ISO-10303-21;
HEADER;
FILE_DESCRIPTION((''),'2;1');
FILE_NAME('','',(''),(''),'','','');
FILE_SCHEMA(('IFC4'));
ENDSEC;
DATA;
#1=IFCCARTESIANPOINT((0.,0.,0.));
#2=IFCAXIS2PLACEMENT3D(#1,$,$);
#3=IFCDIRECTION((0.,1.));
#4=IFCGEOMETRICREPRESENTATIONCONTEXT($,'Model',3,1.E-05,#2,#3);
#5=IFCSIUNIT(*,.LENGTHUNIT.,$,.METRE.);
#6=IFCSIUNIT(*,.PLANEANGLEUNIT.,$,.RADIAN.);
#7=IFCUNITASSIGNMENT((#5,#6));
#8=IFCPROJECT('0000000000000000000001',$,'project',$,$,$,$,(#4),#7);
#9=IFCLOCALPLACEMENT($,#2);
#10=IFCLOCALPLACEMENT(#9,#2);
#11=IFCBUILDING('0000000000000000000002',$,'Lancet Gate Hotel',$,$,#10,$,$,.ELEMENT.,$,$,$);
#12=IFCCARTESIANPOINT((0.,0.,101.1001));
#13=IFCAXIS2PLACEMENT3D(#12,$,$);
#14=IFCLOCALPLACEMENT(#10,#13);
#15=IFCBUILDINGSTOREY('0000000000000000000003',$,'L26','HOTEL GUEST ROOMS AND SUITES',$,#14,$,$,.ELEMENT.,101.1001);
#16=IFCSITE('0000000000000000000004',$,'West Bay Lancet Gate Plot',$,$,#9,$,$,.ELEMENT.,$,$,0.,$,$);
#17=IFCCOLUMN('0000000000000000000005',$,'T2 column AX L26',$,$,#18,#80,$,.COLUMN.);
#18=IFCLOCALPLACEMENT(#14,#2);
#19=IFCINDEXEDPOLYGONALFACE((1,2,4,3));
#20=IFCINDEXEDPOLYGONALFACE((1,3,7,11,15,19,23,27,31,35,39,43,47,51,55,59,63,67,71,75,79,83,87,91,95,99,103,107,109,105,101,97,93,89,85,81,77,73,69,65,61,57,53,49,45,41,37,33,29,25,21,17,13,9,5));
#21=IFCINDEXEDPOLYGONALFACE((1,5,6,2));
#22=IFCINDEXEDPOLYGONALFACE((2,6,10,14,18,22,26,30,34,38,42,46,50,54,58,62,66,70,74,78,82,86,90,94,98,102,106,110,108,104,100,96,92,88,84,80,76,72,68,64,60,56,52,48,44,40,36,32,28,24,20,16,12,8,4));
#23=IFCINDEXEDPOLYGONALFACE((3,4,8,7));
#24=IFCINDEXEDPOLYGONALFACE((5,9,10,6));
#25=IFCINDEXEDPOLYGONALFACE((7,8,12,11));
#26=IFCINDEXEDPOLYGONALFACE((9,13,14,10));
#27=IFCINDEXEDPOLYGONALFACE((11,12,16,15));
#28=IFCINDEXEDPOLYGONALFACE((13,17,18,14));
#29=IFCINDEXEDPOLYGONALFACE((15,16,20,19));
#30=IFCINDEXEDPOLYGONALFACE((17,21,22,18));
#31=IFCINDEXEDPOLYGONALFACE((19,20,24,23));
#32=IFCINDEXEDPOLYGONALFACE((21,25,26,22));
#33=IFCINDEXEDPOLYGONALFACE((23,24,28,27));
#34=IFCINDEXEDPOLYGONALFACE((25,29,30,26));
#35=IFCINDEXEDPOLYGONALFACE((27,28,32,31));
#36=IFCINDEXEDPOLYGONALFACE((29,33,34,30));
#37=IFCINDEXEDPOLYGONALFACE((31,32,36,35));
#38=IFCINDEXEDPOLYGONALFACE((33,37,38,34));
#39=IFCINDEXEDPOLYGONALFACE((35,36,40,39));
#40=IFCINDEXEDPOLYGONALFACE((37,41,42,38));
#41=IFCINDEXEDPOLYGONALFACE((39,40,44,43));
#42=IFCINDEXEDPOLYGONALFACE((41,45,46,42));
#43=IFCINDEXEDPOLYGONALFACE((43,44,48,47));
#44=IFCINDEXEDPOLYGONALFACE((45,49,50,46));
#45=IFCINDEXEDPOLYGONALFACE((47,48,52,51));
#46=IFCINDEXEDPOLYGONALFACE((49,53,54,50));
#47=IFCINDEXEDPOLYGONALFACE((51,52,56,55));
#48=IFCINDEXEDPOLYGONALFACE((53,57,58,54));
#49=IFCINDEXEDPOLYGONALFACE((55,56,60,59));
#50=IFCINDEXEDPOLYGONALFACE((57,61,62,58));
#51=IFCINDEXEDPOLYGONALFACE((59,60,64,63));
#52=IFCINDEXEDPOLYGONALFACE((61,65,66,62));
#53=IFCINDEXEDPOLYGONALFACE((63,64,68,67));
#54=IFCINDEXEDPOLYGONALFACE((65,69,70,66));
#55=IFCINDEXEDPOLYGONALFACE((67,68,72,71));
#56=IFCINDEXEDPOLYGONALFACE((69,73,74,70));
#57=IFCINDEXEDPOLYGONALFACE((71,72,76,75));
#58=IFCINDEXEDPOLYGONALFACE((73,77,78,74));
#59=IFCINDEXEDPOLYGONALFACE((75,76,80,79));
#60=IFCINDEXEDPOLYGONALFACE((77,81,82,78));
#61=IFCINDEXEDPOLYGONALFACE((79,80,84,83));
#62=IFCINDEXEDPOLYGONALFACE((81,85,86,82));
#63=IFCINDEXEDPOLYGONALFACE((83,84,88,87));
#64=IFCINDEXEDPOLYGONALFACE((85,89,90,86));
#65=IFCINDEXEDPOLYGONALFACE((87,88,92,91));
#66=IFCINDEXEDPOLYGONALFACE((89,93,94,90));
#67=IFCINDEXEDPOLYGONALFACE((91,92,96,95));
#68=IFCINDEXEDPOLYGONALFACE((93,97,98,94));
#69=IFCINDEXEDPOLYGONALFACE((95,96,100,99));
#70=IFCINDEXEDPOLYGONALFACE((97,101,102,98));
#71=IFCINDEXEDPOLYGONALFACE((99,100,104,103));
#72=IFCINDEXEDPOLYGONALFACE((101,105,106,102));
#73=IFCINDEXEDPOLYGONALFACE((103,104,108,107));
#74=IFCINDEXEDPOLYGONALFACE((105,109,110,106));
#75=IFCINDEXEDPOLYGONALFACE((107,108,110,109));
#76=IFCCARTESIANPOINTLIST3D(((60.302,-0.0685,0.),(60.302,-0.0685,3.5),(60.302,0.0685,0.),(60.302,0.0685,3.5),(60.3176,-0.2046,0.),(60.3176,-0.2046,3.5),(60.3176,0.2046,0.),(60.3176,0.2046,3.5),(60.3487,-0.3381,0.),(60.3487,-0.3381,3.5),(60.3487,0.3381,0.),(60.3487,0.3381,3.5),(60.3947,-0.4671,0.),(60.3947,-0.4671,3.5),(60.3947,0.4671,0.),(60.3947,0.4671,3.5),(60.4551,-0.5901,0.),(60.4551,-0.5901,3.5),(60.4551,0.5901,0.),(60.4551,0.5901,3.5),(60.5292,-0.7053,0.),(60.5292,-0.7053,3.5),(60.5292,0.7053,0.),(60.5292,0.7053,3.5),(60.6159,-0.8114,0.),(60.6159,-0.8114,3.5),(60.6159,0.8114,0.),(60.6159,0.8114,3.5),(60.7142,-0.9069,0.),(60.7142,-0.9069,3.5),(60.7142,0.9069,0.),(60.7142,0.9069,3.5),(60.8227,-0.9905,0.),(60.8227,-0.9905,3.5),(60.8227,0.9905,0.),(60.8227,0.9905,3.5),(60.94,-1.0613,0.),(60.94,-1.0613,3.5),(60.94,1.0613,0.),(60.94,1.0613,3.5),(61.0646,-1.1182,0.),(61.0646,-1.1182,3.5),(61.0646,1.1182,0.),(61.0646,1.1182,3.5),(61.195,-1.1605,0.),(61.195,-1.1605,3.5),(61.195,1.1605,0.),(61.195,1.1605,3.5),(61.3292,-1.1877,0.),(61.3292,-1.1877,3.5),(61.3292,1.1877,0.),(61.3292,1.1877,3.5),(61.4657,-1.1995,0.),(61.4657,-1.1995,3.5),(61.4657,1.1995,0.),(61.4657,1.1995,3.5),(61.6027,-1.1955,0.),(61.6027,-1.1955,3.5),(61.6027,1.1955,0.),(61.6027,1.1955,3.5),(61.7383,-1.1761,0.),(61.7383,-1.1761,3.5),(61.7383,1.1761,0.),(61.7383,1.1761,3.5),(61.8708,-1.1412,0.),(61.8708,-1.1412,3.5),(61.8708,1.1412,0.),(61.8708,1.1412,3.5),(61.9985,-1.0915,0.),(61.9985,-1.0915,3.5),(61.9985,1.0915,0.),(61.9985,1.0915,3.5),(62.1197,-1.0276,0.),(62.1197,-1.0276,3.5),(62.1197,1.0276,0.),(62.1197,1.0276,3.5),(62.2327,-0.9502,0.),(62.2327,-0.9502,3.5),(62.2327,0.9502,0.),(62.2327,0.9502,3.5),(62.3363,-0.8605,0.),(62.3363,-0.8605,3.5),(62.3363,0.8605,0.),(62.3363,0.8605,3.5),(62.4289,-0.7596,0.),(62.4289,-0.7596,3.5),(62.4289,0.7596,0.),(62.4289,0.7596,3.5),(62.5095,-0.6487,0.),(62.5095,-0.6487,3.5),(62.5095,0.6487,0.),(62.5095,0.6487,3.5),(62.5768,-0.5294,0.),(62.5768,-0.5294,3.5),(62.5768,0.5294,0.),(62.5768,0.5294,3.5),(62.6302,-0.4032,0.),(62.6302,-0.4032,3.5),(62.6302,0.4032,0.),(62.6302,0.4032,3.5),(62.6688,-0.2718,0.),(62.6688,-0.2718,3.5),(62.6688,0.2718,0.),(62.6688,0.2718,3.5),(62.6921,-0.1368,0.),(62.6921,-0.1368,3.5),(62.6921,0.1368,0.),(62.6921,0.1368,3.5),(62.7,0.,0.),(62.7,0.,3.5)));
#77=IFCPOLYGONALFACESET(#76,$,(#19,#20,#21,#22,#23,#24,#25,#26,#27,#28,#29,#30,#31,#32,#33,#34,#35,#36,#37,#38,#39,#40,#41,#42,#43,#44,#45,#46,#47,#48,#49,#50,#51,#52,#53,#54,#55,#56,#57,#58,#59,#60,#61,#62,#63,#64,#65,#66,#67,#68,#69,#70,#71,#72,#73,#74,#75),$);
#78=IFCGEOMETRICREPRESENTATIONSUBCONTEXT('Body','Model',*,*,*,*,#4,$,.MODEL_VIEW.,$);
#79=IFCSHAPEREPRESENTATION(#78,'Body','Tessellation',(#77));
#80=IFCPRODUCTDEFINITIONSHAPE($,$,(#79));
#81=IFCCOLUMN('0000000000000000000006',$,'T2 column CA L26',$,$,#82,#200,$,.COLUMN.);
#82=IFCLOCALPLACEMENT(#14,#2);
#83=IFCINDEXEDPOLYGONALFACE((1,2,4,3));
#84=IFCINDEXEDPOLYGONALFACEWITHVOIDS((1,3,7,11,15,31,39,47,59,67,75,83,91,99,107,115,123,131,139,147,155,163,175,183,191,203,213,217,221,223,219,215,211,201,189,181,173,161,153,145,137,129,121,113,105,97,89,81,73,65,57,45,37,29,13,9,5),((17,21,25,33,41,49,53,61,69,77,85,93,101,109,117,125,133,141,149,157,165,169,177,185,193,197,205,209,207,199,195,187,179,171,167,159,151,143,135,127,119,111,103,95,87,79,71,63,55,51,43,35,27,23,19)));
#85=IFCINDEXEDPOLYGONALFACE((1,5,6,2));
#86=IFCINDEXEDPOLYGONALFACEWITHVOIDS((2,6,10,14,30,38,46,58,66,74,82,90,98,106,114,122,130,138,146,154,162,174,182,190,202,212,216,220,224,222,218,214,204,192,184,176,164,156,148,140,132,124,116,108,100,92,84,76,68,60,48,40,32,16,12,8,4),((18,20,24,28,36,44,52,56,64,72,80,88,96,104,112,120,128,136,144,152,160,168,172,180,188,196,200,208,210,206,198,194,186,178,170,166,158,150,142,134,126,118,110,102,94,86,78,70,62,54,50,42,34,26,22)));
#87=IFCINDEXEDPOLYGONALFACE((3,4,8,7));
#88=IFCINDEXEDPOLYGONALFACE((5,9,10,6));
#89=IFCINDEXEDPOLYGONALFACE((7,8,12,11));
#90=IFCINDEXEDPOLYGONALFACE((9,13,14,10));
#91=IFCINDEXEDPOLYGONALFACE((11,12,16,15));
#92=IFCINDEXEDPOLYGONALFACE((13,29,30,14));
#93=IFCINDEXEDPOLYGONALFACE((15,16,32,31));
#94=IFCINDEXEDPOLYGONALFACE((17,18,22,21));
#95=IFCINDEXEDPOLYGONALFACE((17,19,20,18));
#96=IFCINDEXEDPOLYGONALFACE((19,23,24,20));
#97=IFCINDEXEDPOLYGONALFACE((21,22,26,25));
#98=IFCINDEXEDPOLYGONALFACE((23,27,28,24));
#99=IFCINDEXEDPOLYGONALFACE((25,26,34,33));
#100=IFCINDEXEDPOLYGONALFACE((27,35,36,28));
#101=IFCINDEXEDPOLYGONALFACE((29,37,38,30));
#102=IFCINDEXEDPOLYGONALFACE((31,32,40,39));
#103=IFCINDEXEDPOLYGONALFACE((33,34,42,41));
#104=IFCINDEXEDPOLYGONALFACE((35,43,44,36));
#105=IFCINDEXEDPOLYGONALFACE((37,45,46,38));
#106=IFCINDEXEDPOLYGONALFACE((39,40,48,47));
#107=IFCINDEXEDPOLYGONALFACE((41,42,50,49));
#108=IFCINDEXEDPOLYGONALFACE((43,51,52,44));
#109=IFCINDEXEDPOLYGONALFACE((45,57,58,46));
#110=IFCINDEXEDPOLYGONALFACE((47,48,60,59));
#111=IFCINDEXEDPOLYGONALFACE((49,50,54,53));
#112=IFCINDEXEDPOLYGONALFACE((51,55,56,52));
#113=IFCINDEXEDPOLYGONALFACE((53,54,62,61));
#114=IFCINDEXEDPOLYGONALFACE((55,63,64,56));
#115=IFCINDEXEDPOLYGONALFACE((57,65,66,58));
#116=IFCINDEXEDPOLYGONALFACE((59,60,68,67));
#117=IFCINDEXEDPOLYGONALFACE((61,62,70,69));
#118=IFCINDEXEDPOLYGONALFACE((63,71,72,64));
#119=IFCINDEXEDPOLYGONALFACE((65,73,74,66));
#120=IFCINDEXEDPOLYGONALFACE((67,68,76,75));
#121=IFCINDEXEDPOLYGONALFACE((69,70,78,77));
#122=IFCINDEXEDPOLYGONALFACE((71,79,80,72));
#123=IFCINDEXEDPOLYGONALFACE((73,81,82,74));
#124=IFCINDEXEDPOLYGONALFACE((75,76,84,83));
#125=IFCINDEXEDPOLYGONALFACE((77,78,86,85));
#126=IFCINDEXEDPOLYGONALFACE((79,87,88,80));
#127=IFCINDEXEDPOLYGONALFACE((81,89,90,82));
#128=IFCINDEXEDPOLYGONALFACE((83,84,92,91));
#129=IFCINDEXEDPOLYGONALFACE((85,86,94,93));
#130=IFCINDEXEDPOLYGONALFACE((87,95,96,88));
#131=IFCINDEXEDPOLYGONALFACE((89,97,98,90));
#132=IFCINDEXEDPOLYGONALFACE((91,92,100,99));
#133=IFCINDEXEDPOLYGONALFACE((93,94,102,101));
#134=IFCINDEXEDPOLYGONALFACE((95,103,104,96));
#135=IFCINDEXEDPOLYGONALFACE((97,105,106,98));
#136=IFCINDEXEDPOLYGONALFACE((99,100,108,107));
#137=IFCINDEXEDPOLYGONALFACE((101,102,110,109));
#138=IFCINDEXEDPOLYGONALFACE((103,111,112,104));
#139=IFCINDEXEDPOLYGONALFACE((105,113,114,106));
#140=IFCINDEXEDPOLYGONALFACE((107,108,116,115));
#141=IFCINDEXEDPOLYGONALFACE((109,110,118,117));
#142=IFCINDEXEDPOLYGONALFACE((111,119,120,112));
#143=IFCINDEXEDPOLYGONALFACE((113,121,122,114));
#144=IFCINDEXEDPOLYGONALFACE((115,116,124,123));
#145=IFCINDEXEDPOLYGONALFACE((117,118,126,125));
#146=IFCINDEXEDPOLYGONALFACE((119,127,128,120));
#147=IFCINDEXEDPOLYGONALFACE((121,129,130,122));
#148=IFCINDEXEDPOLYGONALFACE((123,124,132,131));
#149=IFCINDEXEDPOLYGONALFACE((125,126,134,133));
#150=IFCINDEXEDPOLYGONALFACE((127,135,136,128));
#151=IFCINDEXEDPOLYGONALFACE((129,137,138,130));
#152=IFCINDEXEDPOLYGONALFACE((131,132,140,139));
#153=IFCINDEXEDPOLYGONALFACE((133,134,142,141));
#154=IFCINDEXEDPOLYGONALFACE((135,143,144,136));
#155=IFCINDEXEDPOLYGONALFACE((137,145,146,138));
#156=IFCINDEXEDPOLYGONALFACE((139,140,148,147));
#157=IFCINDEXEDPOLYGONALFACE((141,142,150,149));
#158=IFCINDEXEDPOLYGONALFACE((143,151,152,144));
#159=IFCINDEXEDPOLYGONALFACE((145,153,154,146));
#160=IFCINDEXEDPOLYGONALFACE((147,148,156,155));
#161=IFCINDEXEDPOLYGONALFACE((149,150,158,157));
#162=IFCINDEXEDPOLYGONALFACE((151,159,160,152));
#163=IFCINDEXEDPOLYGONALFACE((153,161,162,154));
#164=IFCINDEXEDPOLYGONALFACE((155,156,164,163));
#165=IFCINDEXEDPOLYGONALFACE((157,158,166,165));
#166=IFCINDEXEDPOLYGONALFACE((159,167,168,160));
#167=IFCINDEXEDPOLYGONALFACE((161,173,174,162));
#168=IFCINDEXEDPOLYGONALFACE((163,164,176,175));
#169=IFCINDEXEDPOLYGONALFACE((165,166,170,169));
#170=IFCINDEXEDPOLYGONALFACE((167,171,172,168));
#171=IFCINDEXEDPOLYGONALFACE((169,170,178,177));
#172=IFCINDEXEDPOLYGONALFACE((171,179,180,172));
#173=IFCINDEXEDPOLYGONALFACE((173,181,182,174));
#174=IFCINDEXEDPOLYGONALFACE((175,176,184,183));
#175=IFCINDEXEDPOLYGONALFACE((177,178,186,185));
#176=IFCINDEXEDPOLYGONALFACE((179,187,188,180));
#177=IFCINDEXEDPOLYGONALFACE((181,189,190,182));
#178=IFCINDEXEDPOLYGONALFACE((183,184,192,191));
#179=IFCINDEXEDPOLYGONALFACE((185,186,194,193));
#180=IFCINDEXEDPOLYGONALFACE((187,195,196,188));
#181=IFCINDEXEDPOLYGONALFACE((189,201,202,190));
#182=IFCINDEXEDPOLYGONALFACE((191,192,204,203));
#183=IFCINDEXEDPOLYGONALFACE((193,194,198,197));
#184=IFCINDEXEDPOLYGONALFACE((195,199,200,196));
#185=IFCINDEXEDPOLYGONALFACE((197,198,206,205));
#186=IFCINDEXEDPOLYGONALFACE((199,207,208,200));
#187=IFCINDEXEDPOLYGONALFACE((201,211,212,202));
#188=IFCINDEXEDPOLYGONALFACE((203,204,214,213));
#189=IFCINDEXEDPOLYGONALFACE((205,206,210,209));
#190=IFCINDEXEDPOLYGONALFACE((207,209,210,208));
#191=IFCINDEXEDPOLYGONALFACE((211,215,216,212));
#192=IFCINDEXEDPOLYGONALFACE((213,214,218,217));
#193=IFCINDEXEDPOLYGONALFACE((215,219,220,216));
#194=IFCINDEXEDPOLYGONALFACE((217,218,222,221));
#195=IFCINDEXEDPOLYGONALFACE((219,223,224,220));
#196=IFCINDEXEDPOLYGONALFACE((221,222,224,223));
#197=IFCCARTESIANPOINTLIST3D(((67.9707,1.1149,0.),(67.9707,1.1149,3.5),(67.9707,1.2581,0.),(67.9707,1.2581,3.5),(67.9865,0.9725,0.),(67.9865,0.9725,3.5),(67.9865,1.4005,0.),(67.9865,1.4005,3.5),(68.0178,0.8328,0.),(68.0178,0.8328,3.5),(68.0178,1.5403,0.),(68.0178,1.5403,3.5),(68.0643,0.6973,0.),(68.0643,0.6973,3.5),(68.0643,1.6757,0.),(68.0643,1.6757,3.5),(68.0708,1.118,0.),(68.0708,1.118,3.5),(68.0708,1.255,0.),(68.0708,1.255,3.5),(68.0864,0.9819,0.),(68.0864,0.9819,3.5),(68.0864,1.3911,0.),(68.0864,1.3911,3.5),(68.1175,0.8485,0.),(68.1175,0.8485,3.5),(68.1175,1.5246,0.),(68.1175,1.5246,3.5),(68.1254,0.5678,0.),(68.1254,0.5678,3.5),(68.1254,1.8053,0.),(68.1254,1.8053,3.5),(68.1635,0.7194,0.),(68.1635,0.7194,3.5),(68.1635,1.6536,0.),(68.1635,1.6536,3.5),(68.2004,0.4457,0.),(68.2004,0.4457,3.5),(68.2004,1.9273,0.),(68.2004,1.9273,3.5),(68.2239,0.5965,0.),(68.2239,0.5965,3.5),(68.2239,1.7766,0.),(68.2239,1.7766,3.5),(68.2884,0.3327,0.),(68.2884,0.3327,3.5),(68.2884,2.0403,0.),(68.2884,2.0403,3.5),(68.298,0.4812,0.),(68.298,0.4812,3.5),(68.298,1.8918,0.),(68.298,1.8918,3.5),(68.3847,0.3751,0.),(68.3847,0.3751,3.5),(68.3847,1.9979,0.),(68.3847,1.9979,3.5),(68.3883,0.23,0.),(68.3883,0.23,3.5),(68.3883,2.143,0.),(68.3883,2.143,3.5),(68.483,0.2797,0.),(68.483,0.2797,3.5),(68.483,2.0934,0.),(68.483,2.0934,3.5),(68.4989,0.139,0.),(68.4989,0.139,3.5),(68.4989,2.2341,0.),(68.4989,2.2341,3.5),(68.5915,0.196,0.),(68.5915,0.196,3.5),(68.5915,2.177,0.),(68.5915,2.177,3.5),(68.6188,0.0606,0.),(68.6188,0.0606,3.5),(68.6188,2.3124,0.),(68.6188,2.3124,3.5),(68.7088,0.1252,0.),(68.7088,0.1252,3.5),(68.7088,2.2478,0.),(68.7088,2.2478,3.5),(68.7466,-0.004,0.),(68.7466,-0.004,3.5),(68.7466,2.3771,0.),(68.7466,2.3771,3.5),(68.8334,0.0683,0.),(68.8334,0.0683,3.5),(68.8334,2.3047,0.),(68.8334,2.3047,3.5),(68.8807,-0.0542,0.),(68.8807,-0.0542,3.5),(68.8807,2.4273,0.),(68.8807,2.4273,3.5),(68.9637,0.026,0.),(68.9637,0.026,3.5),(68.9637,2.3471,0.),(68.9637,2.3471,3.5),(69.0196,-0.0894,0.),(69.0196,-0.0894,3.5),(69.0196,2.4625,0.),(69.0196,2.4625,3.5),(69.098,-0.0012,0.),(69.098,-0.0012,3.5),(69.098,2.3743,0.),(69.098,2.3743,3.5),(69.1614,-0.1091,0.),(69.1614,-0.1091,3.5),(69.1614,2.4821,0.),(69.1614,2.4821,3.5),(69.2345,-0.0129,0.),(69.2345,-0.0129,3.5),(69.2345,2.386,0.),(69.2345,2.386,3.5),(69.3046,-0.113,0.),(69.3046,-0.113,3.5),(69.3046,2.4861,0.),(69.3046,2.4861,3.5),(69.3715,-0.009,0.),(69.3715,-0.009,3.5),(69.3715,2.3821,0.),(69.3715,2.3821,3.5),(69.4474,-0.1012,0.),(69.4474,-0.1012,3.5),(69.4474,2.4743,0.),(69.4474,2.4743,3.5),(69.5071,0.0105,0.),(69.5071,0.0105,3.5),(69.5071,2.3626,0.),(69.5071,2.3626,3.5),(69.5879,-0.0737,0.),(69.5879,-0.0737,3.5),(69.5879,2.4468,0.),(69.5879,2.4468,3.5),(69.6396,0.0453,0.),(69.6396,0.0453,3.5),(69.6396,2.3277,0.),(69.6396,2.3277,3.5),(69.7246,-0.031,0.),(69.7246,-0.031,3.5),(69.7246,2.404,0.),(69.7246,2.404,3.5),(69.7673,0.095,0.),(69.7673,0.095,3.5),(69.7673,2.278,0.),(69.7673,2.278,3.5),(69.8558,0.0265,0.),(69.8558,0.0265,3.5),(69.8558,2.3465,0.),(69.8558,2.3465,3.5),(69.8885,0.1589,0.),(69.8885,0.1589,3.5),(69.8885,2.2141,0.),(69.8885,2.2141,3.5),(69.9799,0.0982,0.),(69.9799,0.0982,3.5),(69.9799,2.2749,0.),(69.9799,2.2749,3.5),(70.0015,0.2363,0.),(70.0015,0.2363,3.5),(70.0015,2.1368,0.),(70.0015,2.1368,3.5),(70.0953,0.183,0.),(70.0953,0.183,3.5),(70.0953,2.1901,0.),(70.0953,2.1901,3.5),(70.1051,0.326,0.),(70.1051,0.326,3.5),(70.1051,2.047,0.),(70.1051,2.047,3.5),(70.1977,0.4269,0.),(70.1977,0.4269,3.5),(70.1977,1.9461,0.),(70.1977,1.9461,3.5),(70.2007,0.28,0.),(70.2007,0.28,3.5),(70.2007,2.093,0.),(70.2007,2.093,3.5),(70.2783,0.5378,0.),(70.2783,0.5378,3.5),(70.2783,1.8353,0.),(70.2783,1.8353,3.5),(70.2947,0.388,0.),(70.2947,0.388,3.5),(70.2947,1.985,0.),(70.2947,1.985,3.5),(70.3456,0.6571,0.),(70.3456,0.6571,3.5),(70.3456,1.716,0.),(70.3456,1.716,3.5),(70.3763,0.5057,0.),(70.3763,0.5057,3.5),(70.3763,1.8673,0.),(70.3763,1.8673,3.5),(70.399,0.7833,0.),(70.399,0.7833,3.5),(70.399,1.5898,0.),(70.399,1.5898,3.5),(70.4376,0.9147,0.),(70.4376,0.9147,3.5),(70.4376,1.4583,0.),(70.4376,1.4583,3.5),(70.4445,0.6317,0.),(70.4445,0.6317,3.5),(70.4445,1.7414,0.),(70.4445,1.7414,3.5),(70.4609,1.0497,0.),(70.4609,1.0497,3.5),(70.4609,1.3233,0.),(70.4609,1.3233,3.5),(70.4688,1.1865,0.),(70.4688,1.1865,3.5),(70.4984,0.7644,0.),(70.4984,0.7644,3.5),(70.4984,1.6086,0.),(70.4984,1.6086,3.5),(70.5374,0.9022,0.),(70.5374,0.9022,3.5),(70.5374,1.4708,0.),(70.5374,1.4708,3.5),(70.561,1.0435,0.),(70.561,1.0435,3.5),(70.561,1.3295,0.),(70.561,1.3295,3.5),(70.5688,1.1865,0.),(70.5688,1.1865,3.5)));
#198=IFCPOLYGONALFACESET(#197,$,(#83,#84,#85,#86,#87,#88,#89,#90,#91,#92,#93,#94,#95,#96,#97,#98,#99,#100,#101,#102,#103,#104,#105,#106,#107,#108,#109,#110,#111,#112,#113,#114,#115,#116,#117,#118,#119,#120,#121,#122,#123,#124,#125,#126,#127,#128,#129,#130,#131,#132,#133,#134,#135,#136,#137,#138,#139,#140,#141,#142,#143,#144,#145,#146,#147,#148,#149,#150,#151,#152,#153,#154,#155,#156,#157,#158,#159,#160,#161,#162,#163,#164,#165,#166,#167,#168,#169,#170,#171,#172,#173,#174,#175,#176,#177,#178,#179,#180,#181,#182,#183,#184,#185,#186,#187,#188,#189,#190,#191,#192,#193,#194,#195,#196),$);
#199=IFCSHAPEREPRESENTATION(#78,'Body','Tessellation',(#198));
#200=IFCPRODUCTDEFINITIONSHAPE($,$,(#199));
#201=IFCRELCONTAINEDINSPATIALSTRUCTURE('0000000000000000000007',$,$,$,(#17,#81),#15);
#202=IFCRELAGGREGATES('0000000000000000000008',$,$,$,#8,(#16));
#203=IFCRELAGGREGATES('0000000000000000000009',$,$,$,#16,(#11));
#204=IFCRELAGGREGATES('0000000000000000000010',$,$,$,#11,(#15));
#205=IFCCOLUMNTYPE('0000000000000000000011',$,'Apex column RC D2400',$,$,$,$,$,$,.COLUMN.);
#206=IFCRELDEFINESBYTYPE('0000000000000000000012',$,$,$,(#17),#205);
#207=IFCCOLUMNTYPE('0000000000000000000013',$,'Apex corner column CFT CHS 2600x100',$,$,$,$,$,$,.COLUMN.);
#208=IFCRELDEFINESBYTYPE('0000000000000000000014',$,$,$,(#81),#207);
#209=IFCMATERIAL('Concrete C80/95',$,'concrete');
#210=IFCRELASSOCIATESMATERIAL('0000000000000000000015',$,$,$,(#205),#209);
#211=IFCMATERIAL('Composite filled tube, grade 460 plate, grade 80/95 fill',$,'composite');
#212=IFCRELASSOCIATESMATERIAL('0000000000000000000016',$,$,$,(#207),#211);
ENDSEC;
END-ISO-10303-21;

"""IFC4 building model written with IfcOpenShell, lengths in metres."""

from ifc_helpers import new_model, si_unit, direction, frame, origin, origin_2d, place, context, subcontext, project, spatial, circle, hollow_circle, extrude, material, material_profile, profile_set, type_object, element, save


model = new_model("IFC4")

# Units and contexts
model_context = context("Model", 3, precision=1e-05, world=origin(), true_north=direction((0.0, 1.0)))
body_context = subcontext(model_context, "Body", "Model", "MODEL_VIEW")
ifc_project = project(units=[si_unit("LENGTHUNIT", "METRE"), si_unit("PLANEANGLEUNIT", "RADIAN")], contexts=[model_context])

# Site, building, storey
site_placement = place(None, origin())
site = spatial("IfcSite", under=ifc_project, at=site_placement, Name="West Bay Lancet Gate Plot", CompositionType="ELEMENT", RefElevation=0.0)
building_placement = place(site_placement, origin())
building = spatial("IfcBuilding", under=site, at=building_placement, Name="Lancet Gate Hotel", CompositionType="ELEMENT")
storey_placement = place(building_placement, frame((0.0, 0.0, 101.1001)))
storey = spatial("IfcBuildingStorey", under=building, at=storey_placement, Name="L26", Description="HOTEL GUEST ROOMS AND SUITES", CompositionType="ELEMENT", Elevation=101.1001)

# Columns
ifc_material_1 = material(Name="Concrete C80/95", Category="concrete")
ifc_material_profile_1 = material_profile(ifc_material_1, circle(Radius=1.2, at=origin_2d()), Name="RC D2400")
ifc_profile_set_1 = profile_set([ifc_material_profile_1], Name="Concrete C80/95")
column_type_1 = type_object("IfcColumnType", Name="Apex column RC D2400", PredefinedType="COLUMN", material=ifc_profile_set_1)
column_1_placement = place(storey_placement, frame((61.5, 0.0, 0.0), z_axis=(0.0, 0.0, 1.0), x_axis=(1.0, 0.0, 0.0)))
element("IfcColumn", 1, at=column_1_placement, inside=storey, type_object=column_type_1, Name="T2 column AX L26", PredefinedType="COLUMN", context=body_context, shape_type="SweptSolid", body=[
    extrude(circle(Radius=1.2, at=origin_2d()), origin(), (0.0, 0.0, 1.0), 3.5),
])
ifc_material_2 = material(Name="Composite filled tube, grade 460 plate, grade 80/95 fill", Category="composite")
ifc_material_profile_2 = material_profile(ifc_material_2, hollow_circle(Radius=1.3, WallThickness=0.1001, at=origin_2d()), Name="CHS 2600x100")
ifc_profile_set_2 = profile_set([ifc_material_profile_2], Name="Composite filled tube, grade 460 plate, grade 80/95 fill")
column_type_2 = type_object("IfcColumnType", Name="Apex corner column CFT CHS 2600x100", PredefinedType="COLUMN", material=ifc_profile_set_2)
column_2_placement = place(storey_placement, frame((69.2688, 1.1865, 0.0), z_axis=(0.0, 0.0, 1.0), x_axis=(1.0, 0.0, 0.0)))
element("IfcColumn", 2, at=column_2_placement, inside=storey, type_object=column_type_2, Name="T2 column CA L26", PredefinedType="COLUMN", context=body_context, shape_type="SweptSolid", body=[
    extrude(hollow_circle(Radius=1.3, WallThickness=0.1001, at=origin_2d()), origin(), (0.0, 0.0, 1.0), 3.5),
])

save(model, "model.ifc")
